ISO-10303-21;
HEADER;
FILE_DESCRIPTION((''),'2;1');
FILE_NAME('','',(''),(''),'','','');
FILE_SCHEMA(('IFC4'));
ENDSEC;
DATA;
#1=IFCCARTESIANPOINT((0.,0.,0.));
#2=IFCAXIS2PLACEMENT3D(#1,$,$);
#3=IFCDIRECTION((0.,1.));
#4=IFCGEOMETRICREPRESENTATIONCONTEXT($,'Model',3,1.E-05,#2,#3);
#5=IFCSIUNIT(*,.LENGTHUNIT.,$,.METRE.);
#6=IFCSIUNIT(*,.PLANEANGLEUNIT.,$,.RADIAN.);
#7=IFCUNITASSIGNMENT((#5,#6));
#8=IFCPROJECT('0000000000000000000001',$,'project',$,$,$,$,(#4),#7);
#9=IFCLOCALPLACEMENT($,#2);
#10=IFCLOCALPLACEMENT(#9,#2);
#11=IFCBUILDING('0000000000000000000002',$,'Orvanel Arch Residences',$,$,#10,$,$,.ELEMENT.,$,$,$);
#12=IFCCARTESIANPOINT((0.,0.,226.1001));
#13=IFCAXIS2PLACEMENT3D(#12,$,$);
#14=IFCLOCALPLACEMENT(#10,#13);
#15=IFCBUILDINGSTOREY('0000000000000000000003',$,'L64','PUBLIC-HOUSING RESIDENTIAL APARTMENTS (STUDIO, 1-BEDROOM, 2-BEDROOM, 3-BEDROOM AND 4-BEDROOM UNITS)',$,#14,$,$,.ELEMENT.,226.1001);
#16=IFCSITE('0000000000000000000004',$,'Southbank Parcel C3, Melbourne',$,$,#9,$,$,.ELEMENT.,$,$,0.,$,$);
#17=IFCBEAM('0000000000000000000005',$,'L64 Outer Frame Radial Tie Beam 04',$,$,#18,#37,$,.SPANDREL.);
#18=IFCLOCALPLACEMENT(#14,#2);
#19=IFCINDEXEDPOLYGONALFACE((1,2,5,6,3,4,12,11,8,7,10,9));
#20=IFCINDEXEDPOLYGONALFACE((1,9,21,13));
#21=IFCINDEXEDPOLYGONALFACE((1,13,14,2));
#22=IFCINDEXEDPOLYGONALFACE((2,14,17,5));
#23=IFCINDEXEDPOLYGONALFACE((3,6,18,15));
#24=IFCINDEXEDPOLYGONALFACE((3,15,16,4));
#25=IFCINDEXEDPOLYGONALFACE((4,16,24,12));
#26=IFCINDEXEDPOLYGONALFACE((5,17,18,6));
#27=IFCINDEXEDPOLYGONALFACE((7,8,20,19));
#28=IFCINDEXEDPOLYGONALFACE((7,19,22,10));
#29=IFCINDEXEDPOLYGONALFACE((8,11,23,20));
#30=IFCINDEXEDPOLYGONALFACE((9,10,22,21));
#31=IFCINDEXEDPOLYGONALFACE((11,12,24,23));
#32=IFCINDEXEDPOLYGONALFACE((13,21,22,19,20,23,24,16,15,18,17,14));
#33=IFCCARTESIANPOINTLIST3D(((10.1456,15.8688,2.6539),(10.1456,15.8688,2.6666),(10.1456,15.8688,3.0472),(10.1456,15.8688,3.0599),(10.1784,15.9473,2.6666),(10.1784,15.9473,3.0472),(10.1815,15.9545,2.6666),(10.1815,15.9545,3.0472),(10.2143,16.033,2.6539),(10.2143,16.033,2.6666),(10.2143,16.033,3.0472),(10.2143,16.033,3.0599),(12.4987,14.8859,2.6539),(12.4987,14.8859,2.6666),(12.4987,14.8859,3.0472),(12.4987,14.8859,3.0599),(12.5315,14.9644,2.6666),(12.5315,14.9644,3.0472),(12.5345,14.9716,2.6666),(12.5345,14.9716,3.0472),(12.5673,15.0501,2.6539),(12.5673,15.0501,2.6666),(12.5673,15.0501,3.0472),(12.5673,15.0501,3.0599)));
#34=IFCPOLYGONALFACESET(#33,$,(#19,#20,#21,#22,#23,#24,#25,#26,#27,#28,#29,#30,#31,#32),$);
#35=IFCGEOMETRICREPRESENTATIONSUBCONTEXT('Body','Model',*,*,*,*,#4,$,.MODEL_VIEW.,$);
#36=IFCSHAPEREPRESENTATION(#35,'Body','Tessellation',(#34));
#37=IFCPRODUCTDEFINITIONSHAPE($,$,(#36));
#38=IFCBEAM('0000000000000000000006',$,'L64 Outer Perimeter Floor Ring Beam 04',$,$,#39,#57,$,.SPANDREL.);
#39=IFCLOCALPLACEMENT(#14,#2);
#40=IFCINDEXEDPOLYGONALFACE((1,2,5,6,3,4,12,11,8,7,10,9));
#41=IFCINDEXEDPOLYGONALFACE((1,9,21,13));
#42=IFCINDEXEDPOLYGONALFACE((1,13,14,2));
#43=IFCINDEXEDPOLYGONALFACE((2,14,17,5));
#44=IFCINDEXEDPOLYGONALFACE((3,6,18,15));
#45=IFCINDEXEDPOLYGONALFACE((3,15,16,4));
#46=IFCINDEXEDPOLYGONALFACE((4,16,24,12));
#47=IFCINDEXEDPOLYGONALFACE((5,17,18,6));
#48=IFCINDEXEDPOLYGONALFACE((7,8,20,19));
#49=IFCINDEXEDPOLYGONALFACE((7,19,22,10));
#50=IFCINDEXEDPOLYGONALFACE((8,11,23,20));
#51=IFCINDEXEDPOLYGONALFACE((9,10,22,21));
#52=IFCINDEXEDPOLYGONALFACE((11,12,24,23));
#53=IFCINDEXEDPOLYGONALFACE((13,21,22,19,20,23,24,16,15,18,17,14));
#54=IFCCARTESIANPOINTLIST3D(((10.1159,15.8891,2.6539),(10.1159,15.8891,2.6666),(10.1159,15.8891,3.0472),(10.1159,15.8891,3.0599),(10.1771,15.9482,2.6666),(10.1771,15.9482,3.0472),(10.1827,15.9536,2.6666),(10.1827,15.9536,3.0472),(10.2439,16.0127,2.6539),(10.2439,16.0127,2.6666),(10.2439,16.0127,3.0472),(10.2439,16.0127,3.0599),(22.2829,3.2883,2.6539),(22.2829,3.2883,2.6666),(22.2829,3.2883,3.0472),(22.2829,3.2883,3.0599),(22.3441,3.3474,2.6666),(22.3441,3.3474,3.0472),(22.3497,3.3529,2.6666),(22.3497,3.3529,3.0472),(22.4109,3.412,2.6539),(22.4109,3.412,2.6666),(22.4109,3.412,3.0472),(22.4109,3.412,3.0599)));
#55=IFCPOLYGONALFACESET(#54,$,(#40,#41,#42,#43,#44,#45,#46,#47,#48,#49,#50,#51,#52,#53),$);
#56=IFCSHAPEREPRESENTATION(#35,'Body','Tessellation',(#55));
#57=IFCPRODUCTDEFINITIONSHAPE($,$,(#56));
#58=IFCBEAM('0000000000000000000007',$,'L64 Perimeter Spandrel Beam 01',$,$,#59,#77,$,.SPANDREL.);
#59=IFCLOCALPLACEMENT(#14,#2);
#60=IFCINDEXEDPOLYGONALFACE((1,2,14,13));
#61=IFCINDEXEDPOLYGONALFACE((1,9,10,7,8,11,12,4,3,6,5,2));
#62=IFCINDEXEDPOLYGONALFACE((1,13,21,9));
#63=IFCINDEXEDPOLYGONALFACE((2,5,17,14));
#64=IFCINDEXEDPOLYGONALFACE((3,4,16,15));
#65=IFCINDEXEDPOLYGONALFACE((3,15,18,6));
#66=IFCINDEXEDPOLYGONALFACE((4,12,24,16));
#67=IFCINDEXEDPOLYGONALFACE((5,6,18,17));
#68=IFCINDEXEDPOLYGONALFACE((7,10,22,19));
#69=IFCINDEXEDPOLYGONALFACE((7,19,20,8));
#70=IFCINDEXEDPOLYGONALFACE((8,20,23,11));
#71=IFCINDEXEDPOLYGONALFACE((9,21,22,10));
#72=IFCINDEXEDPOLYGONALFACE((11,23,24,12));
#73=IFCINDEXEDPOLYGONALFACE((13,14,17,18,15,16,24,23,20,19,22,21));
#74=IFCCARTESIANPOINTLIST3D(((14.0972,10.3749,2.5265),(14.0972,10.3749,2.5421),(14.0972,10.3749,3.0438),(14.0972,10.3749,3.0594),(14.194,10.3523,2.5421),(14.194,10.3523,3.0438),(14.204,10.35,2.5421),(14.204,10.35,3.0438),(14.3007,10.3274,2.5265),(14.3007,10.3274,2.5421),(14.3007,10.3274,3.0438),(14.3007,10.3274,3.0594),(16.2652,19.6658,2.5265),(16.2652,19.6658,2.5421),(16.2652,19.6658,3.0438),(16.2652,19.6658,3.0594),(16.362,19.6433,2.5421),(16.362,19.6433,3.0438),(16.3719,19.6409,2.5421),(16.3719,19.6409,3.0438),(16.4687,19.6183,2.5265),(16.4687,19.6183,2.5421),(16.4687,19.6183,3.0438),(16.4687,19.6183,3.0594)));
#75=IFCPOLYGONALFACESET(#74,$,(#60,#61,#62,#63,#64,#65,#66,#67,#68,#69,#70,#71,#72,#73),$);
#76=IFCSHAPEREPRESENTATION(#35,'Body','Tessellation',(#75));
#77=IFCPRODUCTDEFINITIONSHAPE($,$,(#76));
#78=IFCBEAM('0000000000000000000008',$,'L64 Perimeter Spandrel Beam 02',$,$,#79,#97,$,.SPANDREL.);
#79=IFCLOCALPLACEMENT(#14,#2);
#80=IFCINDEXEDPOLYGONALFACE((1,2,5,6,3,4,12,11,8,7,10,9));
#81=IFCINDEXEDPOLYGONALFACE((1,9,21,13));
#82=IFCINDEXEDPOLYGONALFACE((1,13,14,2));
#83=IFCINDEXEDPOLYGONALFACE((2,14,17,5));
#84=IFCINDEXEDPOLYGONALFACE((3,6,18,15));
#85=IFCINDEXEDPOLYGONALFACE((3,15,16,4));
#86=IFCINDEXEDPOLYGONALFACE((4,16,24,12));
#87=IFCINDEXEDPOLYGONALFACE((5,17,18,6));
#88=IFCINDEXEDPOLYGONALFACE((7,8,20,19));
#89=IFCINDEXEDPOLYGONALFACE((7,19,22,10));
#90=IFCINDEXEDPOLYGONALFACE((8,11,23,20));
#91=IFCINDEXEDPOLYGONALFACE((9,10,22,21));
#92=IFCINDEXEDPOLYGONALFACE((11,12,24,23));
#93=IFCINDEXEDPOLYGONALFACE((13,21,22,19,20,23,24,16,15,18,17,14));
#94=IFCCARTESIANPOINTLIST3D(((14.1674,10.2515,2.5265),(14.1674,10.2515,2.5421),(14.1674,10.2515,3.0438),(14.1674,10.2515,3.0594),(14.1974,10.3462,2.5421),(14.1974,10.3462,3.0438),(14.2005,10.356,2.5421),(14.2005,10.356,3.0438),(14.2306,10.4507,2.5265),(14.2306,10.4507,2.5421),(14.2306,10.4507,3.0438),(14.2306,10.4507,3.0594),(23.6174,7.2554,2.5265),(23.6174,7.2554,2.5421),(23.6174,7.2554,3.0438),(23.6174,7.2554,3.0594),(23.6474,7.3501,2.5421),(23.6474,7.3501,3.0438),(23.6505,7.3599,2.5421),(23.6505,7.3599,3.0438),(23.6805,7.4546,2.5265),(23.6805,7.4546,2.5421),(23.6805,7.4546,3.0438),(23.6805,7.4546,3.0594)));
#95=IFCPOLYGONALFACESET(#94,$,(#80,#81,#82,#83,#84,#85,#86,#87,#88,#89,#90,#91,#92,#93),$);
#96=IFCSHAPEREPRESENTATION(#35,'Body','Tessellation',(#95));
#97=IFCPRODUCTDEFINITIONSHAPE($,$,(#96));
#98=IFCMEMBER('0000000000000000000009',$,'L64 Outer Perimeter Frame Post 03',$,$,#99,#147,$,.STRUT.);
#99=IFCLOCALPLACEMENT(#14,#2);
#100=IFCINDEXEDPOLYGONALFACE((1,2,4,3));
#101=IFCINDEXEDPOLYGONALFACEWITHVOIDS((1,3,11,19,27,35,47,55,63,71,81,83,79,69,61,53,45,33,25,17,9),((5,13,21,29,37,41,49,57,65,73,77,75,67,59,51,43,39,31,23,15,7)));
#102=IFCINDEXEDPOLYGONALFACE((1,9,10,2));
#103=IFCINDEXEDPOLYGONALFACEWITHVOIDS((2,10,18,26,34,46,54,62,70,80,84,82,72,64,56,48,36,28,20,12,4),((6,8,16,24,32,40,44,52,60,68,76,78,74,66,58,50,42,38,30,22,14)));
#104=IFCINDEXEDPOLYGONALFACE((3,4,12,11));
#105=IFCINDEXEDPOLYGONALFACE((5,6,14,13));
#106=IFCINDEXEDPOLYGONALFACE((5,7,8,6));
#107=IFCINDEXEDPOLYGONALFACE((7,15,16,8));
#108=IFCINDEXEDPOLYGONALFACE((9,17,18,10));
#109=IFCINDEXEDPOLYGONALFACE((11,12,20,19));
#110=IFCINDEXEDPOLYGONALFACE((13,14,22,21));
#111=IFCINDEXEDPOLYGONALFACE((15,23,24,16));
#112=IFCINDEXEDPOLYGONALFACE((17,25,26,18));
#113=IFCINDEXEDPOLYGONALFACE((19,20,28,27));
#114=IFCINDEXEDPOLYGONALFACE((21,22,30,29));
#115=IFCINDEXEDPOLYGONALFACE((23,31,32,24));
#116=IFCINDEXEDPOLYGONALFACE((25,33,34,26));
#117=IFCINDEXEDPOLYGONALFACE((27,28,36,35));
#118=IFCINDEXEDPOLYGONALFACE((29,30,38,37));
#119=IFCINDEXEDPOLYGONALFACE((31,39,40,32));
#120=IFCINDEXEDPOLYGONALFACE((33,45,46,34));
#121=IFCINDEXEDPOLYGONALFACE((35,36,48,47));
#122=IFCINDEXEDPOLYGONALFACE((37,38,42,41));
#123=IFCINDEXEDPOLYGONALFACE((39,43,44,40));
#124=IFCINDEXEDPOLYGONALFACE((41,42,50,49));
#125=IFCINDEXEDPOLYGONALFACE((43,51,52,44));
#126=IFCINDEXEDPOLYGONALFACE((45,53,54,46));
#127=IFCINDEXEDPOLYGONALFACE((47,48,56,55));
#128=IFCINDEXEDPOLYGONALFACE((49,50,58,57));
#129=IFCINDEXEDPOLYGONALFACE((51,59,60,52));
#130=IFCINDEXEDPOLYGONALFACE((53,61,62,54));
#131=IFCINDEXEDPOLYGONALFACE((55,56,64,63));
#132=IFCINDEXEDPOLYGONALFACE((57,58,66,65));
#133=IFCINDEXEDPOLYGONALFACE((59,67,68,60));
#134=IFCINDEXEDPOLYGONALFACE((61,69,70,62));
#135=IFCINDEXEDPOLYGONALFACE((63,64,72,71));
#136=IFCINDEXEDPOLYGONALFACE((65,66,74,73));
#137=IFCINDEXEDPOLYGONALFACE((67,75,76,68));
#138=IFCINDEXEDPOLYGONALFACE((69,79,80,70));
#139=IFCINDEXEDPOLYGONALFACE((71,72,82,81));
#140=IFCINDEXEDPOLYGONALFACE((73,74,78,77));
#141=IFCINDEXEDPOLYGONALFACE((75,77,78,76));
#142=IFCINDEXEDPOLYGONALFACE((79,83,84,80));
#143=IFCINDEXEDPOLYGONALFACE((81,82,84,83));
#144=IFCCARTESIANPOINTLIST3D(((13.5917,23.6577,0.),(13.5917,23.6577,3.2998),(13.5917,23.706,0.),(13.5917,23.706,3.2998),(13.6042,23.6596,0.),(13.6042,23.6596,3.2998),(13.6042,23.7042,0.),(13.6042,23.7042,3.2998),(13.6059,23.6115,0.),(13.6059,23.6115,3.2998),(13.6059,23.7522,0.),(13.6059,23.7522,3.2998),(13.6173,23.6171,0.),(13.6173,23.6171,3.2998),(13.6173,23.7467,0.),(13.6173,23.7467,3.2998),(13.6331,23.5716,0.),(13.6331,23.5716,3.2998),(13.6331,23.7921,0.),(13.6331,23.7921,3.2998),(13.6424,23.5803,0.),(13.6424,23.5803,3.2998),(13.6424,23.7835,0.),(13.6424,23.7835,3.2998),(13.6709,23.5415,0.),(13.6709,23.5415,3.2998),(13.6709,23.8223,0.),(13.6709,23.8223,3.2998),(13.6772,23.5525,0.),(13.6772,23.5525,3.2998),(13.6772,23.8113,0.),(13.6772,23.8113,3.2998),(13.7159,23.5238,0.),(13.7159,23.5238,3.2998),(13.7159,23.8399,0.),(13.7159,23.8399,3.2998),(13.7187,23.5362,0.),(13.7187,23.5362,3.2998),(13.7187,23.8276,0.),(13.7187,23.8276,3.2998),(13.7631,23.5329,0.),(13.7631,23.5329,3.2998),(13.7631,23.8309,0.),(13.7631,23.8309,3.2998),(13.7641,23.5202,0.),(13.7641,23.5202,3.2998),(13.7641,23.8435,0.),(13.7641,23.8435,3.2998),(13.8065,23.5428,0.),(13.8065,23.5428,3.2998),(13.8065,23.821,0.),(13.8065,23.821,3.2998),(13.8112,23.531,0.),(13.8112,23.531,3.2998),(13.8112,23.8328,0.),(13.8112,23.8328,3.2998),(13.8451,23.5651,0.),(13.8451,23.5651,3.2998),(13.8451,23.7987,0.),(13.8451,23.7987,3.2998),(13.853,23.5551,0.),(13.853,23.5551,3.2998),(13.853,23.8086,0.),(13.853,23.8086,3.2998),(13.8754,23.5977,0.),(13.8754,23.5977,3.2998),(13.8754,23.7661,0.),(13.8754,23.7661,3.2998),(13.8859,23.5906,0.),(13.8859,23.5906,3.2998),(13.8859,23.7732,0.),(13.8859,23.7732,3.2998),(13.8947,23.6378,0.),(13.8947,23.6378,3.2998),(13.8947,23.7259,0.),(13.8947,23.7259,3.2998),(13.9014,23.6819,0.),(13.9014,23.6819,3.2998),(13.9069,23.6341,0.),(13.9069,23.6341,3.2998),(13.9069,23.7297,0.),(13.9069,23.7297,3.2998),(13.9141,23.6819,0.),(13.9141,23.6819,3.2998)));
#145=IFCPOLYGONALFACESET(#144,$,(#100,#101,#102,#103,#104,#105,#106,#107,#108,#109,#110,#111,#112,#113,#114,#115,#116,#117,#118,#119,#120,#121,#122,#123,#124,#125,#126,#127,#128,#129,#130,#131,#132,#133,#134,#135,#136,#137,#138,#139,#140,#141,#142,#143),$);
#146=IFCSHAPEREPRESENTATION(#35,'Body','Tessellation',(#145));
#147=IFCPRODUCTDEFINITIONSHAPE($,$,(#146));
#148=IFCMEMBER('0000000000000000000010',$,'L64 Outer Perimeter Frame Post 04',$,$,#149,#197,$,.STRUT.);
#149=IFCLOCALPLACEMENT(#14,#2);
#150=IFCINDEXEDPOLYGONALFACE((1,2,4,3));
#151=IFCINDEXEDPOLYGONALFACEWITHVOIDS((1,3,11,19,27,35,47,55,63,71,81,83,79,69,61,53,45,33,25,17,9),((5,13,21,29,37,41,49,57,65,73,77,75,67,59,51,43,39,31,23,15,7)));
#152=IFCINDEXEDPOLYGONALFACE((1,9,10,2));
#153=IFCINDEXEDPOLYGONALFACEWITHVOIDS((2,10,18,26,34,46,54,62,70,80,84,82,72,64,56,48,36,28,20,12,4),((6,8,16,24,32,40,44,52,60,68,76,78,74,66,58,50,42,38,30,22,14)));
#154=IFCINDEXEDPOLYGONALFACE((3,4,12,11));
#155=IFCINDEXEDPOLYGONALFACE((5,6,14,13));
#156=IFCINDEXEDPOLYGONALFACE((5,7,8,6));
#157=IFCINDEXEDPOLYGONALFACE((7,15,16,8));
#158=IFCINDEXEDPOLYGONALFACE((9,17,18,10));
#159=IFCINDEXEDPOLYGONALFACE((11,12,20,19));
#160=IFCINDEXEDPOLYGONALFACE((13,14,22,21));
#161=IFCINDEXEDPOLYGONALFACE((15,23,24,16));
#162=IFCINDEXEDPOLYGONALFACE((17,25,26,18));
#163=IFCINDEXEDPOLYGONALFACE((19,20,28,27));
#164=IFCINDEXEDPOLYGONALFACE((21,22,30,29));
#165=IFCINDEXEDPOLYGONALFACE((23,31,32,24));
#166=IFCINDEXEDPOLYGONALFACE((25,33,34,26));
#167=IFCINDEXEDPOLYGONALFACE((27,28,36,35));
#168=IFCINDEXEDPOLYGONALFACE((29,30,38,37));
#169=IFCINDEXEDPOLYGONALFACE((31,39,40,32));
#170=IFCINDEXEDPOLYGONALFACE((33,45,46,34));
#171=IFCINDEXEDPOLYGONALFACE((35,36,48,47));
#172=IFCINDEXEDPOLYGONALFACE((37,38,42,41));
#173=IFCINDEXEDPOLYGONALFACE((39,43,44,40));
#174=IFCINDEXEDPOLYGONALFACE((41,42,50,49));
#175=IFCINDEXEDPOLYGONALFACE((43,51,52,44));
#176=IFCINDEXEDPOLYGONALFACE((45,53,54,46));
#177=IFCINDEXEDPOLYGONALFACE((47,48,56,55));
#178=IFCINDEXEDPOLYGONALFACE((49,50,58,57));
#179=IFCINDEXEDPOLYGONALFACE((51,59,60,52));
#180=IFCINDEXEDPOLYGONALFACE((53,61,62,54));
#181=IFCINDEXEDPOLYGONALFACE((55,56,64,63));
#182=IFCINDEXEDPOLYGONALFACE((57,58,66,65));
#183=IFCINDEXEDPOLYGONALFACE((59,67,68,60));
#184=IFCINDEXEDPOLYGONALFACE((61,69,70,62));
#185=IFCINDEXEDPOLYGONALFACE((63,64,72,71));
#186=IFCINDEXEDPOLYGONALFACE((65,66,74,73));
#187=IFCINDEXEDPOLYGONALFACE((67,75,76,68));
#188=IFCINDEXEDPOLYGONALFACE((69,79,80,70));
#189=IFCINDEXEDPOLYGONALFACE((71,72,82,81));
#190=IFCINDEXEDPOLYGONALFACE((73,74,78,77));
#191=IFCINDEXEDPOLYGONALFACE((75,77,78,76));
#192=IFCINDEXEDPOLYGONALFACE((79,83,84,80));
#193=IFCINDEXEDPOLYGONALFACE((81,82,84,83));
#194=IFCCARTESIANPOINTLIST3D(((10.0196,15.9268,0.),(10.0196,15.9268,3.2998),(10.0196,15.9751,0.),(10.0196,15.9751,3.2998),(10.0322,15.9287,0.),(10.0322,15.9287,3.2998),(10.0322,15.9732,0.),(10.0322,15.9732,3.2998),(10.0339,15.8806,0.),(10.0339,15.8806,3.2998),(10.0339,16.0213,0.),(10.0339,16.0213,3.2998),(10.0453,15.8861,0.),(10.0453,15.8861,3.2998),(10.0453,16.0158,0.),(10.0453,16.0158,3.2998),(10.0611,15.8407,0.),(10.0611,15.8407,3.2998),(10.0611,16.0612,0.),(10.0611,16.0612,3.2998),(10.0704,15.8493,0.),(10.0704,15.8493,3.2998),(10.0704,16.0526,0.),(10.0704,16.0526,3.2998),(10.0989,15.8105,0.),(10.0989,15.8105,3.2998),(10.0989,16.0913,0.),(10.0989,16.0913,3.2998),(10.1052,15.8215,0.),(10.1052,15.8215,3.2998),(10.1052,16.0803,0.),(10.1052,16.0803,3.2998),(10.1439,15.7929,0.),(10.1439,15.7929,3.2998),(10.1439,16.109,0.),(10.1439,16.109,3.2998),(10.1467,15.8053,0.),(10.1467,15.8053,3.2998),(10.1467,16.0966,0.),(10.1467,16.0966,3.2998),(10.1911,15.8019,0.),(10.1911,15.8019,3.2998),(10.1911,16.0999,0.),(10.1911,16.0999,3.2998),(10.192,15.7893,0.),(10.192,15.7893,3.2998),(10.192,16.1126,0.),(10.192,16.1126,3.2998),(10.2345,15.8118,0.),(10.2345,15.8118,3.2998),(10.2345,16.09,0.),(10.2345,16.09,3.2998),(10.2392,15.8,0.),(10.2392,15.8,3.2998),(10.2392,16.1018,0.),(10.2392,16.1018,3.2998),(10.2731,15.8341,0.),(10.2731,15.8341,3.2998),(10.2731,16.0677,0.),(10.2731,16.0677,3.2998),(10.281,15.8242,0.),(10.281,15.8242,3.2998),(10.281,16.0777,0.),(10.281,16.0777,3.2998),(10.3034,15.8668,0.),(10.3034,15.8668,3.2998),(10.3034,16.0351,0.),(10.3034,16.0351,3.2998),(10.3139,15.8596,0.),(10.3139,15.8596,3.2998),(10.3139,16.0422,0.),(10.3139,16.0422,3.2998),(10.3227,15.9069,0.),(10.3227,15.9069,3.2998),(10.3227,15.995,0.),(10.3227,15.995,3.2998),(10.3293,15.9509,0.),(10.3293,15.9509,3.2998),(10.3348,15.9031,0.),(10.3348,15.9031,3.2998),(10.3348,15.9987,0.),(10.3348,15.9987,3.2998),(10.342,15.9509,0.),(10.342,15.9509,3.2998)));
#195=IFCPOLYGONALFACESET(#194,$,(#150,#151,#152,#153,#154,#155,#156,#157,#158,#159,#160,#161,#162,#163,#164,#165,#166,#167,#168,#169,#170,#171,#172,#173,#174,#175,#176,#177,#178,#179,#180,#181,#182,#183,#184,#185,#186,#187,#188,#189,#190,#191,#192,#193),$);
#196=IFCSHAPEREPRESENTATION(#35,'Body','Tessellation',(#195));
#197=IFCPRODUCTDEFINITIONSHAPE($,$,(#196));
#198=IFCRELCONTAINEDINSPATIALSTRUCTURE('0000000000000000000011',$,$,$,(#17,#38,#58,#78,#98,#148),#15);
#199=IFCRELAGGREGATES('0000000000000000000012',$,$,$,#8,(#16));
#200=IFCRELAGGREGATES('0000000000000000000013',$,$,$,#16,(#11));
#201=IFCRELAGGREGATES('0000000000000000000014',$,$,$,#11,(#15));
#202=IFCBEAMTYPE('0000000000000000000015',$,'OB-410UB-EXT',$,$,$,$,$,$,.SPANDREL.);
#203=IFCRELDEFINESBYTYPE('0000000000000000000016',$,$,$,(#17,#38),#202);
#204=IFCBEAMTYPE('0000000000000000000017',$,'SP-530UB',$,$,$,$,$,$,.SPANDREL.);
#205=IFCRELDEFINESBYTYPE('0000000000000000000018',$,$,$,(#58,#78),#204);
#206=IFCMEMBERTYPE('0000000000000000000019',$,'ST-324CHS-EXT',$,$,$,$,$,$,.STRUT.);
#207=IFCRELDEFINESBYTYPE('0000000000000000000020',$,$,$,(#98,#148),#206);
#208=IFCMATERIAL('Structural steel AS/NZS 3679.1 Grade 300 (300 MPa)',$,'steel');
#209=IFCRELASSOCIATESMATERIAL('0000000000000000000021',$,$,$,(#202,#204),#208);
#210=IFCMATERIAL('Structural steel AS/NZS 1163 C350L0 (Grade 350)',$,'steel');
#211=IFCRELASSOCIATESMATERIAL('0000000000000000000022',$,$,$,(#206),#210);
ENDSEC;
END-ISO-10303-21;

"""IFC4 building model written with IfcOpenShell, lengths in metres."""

from ifc_helpers import new_model, si_unit, direction, frame, origin, origin_2d, place, context, subcontext, project, spatial, hollow_circle, i_section, extrude, material, material_profile, profile_set, type_object, element, save


model = new_model("IFC4")

# Units and contexts
model_context = context("Model", 3, precision=1e-05, world=origin(), true_north=direction((0.0, 1.0)))
body_context = subcontext(model_context, "Body", "Model", "MODEL_VIEW")
ifc_project = project(units=[si_unit("LENGTHUNIT", "METRE"), si_unit("PLANEANGLEUNIT", "RADIAN")], contexts=[model_context])

# Site, building, storey
site_placement = place(None, origin())
site = spatial("IfcSite", under=ifc_project, at=site_placement, Name="Southbank Parcel C3, Melbourne", CompositionType="ELEMENT", RefElevation=0.0)
building_placement = place(site_placement, origin())
building = spatial("IfcBuilding", under=site, at=building_placement, Name="Orvanel Arch Residences", CompositionType="ELEMENT")
storey_placement = place(building_placement, frame((0.0, 0.0, 226.1001)))
storey = spatial("IfcBuildingStorey", under=building, at=storey_placement, Name="L64", Description="PUBLIC-HOUSING RESIDENTIAL APARTMENTS (STUDIO, 1-BEDROOM, 2-BEDROOM, 3-BEDROOM AND 4-BEDROOM UNITS)", CompositionType="ELEMENT", Elevation=226.1001)

# Beams
ifc_material_1 = material(Name="Structural steel AS/NZS 3679.1 Grade 300 (300 MPa)", Category="steel")
ifc_material_profile_1 = material_profile(ifc_material_1, i_section(OverallWidth=0.178, OverallDepth=0.406, WebThickness=0.0078, FlangeThickness=0.0127, at=origin_2d()), Name="410UB59.7")
ifc_profile_set_1 = profile_set([ifc_material_profile_1], Name="Structural steel AS/NZS 3679.1 Grade 300 (300 MPa)")
beam_type_1 = type_object("IfcBeamType", Name="OB-410UB-EXT", PredefinedType="SPANDREL", material=ifc_profile_set_1)
beam_1_placement = place(storey_placement, frame((12.533, 14.968, 2.8569), z_axis=(-0.922731, 0.385445, 0.0), x_axis=(-0.385445, -0.922731, 0.0)))
element("IfcBeam", 1, at=beam_1_placement, inside=storey, type_object=beam_type_1, Name="L64 Outer Frame Radial Tie Beam 04", PredefinedType="SPANDREL", context=body_context, shape_type="SweptSolid", body=[
    extrude(i_section(OverallWidth=0.178, OverallDepth=0.406, WebThickness=0.0078, FlangeThickness=0.0127, at=origin_2d()), origin(), (0.0, 0.0, 1.0), 2.55),
])
beam_2_placement = place(storey_placement, frame((10.1799, 15.9509, 2.8569), z_axis=(0.694614, -0.719382, 0.0), x_axis=(0.719382, 0.694614, 0.0)))
element("IfcBeam", 2, at=beam_2_placement, inside=storey, type_object=beam_type_1, Name="L64 Outer Perimeter Floor Ring Beam 04", PredefinedType="SPANDREL", context=body_context, shape_type="SweptSolid", body=[
    extrude(i_section(OverallWidth=0.178, OverallDepth=0.406, WebThickness=0.0078, FlangeThickness=0.0127, at=origin_2d()), origin(), (0.0, 0.0, 1.0), 17.5161),
])
ifc_material_profile_2 = material_profile(ifc_material_1, i_section(OverallWidth=0.209, OverallDepth=0.533, WebThickness=0.0103, FlangeThickness=0.0156, at=origin_2d()), Name="530UB92.4")
ifc_profile_set_2 = profile_set([ifc_material_profile_2], Name="Structural steel AS/NZS 3679.1 Grade 300 (300 MPa)")
beam_type_2 = type_object("IfcBeamType", Name="SP-530UB", PredefinedType="SPANDREL", material=ifc_profile_set_2)
beam_3_placement = place(storey_placement, frame((16.3669, 19.6421, 2.793), z_axis=(-0.227236, -0.97384, 0.0), x_axis=(0.97384, -0.227236, 0.0)))
element("IfcBeam", 3, at=beam_3_placement, inside=storey, type_object=beam_type_2, Name="L64 Perimeter Spandrel Beam 01", PredefinedType="SPANDREL", context=body_context, shape_type="SweptSolid", body=[
    extrude(i_section(OverallWidth=0.209, OverallDepth=0.533, WebThickness=0.0103, FlangeThickness=0.0156, at=origin_2d()), origin(), (0.0, 0.0, 1.0), 9.5405),
])
beam_4_placement = place(storey_placement, frame((14.199, 10.3511, 2.793), z_axis=(0.953237, -0.302223, 0.0), x_axis=(0.302223, 0.953237, 0.0)))
element("IfcBeam", 4, at=beam_4_placement, inside=storey, type_object=beam_type_2, Name="L64 Perimeter Spandrel Beam 02", PredefinedType="SPANDREL", context=body_context, shape_type="SweptSolid", body=[
    extrude(i_section(OverallWidth=0.209, OverallDepth=0.533, WebThickness=0.0103, FlangeThickness=0.0156, at=origin_2d()), origin(), (0.0, 0.0, 1.0), 9.9136),
])

# Members
ifc_material_2 = material(Name="Structural steel AS/NZS 1163 C350L0 (Grade 350)", Category="steel")
ifc_material_profile_3 = material_profile(ifc_material_2, hollow_circle(Radius=0.1621, WallThickness=0.0127, at=origin_2d()), Name="CHS324x12.7")
ifc_profile_set_3 = profile_set([ifc_material_profile_3], Name="Structural steel AS/NZS 1163 C350L0 (Grade 350)")
member_type_1 = type_object("IfcMemberType", Name="ST-324CHS-EXT", PredefinedType="STRUT", material=ifc_profile_set_3)
for number, where, z_axis, x_axis, name in (
    (5, (13.752, 23.6819, 0.0), (0.0, 0.0, 1.0), (1.0, 0.0, 0.0), "L64 Outer Perimeter Frame Post 03"),
    (6, (10.1799, 15.9509, 0.0), (0.0, 0.0, 1.0), (1.0, 0.0, 0.0), "L64 Outer Perimeter Frame Post 04"),
):
    element("IfcMember", number, at=place(storey_placement, frame(where, z_axis=z_axis, x_axis=x_axis)), inside=storey, type_object=member_type_1, Name=name, PredefinedType="STRUT", context=body_context, shape_type="SweptSolid", body=[
        extrude(hollow_circle(Radius=0.1621, WallThickness=0.0127, at=origin_2d()), origin(), (0.0, 0.0, 1.0), 3.2998),
    ])

save(model, "model.ifc")
